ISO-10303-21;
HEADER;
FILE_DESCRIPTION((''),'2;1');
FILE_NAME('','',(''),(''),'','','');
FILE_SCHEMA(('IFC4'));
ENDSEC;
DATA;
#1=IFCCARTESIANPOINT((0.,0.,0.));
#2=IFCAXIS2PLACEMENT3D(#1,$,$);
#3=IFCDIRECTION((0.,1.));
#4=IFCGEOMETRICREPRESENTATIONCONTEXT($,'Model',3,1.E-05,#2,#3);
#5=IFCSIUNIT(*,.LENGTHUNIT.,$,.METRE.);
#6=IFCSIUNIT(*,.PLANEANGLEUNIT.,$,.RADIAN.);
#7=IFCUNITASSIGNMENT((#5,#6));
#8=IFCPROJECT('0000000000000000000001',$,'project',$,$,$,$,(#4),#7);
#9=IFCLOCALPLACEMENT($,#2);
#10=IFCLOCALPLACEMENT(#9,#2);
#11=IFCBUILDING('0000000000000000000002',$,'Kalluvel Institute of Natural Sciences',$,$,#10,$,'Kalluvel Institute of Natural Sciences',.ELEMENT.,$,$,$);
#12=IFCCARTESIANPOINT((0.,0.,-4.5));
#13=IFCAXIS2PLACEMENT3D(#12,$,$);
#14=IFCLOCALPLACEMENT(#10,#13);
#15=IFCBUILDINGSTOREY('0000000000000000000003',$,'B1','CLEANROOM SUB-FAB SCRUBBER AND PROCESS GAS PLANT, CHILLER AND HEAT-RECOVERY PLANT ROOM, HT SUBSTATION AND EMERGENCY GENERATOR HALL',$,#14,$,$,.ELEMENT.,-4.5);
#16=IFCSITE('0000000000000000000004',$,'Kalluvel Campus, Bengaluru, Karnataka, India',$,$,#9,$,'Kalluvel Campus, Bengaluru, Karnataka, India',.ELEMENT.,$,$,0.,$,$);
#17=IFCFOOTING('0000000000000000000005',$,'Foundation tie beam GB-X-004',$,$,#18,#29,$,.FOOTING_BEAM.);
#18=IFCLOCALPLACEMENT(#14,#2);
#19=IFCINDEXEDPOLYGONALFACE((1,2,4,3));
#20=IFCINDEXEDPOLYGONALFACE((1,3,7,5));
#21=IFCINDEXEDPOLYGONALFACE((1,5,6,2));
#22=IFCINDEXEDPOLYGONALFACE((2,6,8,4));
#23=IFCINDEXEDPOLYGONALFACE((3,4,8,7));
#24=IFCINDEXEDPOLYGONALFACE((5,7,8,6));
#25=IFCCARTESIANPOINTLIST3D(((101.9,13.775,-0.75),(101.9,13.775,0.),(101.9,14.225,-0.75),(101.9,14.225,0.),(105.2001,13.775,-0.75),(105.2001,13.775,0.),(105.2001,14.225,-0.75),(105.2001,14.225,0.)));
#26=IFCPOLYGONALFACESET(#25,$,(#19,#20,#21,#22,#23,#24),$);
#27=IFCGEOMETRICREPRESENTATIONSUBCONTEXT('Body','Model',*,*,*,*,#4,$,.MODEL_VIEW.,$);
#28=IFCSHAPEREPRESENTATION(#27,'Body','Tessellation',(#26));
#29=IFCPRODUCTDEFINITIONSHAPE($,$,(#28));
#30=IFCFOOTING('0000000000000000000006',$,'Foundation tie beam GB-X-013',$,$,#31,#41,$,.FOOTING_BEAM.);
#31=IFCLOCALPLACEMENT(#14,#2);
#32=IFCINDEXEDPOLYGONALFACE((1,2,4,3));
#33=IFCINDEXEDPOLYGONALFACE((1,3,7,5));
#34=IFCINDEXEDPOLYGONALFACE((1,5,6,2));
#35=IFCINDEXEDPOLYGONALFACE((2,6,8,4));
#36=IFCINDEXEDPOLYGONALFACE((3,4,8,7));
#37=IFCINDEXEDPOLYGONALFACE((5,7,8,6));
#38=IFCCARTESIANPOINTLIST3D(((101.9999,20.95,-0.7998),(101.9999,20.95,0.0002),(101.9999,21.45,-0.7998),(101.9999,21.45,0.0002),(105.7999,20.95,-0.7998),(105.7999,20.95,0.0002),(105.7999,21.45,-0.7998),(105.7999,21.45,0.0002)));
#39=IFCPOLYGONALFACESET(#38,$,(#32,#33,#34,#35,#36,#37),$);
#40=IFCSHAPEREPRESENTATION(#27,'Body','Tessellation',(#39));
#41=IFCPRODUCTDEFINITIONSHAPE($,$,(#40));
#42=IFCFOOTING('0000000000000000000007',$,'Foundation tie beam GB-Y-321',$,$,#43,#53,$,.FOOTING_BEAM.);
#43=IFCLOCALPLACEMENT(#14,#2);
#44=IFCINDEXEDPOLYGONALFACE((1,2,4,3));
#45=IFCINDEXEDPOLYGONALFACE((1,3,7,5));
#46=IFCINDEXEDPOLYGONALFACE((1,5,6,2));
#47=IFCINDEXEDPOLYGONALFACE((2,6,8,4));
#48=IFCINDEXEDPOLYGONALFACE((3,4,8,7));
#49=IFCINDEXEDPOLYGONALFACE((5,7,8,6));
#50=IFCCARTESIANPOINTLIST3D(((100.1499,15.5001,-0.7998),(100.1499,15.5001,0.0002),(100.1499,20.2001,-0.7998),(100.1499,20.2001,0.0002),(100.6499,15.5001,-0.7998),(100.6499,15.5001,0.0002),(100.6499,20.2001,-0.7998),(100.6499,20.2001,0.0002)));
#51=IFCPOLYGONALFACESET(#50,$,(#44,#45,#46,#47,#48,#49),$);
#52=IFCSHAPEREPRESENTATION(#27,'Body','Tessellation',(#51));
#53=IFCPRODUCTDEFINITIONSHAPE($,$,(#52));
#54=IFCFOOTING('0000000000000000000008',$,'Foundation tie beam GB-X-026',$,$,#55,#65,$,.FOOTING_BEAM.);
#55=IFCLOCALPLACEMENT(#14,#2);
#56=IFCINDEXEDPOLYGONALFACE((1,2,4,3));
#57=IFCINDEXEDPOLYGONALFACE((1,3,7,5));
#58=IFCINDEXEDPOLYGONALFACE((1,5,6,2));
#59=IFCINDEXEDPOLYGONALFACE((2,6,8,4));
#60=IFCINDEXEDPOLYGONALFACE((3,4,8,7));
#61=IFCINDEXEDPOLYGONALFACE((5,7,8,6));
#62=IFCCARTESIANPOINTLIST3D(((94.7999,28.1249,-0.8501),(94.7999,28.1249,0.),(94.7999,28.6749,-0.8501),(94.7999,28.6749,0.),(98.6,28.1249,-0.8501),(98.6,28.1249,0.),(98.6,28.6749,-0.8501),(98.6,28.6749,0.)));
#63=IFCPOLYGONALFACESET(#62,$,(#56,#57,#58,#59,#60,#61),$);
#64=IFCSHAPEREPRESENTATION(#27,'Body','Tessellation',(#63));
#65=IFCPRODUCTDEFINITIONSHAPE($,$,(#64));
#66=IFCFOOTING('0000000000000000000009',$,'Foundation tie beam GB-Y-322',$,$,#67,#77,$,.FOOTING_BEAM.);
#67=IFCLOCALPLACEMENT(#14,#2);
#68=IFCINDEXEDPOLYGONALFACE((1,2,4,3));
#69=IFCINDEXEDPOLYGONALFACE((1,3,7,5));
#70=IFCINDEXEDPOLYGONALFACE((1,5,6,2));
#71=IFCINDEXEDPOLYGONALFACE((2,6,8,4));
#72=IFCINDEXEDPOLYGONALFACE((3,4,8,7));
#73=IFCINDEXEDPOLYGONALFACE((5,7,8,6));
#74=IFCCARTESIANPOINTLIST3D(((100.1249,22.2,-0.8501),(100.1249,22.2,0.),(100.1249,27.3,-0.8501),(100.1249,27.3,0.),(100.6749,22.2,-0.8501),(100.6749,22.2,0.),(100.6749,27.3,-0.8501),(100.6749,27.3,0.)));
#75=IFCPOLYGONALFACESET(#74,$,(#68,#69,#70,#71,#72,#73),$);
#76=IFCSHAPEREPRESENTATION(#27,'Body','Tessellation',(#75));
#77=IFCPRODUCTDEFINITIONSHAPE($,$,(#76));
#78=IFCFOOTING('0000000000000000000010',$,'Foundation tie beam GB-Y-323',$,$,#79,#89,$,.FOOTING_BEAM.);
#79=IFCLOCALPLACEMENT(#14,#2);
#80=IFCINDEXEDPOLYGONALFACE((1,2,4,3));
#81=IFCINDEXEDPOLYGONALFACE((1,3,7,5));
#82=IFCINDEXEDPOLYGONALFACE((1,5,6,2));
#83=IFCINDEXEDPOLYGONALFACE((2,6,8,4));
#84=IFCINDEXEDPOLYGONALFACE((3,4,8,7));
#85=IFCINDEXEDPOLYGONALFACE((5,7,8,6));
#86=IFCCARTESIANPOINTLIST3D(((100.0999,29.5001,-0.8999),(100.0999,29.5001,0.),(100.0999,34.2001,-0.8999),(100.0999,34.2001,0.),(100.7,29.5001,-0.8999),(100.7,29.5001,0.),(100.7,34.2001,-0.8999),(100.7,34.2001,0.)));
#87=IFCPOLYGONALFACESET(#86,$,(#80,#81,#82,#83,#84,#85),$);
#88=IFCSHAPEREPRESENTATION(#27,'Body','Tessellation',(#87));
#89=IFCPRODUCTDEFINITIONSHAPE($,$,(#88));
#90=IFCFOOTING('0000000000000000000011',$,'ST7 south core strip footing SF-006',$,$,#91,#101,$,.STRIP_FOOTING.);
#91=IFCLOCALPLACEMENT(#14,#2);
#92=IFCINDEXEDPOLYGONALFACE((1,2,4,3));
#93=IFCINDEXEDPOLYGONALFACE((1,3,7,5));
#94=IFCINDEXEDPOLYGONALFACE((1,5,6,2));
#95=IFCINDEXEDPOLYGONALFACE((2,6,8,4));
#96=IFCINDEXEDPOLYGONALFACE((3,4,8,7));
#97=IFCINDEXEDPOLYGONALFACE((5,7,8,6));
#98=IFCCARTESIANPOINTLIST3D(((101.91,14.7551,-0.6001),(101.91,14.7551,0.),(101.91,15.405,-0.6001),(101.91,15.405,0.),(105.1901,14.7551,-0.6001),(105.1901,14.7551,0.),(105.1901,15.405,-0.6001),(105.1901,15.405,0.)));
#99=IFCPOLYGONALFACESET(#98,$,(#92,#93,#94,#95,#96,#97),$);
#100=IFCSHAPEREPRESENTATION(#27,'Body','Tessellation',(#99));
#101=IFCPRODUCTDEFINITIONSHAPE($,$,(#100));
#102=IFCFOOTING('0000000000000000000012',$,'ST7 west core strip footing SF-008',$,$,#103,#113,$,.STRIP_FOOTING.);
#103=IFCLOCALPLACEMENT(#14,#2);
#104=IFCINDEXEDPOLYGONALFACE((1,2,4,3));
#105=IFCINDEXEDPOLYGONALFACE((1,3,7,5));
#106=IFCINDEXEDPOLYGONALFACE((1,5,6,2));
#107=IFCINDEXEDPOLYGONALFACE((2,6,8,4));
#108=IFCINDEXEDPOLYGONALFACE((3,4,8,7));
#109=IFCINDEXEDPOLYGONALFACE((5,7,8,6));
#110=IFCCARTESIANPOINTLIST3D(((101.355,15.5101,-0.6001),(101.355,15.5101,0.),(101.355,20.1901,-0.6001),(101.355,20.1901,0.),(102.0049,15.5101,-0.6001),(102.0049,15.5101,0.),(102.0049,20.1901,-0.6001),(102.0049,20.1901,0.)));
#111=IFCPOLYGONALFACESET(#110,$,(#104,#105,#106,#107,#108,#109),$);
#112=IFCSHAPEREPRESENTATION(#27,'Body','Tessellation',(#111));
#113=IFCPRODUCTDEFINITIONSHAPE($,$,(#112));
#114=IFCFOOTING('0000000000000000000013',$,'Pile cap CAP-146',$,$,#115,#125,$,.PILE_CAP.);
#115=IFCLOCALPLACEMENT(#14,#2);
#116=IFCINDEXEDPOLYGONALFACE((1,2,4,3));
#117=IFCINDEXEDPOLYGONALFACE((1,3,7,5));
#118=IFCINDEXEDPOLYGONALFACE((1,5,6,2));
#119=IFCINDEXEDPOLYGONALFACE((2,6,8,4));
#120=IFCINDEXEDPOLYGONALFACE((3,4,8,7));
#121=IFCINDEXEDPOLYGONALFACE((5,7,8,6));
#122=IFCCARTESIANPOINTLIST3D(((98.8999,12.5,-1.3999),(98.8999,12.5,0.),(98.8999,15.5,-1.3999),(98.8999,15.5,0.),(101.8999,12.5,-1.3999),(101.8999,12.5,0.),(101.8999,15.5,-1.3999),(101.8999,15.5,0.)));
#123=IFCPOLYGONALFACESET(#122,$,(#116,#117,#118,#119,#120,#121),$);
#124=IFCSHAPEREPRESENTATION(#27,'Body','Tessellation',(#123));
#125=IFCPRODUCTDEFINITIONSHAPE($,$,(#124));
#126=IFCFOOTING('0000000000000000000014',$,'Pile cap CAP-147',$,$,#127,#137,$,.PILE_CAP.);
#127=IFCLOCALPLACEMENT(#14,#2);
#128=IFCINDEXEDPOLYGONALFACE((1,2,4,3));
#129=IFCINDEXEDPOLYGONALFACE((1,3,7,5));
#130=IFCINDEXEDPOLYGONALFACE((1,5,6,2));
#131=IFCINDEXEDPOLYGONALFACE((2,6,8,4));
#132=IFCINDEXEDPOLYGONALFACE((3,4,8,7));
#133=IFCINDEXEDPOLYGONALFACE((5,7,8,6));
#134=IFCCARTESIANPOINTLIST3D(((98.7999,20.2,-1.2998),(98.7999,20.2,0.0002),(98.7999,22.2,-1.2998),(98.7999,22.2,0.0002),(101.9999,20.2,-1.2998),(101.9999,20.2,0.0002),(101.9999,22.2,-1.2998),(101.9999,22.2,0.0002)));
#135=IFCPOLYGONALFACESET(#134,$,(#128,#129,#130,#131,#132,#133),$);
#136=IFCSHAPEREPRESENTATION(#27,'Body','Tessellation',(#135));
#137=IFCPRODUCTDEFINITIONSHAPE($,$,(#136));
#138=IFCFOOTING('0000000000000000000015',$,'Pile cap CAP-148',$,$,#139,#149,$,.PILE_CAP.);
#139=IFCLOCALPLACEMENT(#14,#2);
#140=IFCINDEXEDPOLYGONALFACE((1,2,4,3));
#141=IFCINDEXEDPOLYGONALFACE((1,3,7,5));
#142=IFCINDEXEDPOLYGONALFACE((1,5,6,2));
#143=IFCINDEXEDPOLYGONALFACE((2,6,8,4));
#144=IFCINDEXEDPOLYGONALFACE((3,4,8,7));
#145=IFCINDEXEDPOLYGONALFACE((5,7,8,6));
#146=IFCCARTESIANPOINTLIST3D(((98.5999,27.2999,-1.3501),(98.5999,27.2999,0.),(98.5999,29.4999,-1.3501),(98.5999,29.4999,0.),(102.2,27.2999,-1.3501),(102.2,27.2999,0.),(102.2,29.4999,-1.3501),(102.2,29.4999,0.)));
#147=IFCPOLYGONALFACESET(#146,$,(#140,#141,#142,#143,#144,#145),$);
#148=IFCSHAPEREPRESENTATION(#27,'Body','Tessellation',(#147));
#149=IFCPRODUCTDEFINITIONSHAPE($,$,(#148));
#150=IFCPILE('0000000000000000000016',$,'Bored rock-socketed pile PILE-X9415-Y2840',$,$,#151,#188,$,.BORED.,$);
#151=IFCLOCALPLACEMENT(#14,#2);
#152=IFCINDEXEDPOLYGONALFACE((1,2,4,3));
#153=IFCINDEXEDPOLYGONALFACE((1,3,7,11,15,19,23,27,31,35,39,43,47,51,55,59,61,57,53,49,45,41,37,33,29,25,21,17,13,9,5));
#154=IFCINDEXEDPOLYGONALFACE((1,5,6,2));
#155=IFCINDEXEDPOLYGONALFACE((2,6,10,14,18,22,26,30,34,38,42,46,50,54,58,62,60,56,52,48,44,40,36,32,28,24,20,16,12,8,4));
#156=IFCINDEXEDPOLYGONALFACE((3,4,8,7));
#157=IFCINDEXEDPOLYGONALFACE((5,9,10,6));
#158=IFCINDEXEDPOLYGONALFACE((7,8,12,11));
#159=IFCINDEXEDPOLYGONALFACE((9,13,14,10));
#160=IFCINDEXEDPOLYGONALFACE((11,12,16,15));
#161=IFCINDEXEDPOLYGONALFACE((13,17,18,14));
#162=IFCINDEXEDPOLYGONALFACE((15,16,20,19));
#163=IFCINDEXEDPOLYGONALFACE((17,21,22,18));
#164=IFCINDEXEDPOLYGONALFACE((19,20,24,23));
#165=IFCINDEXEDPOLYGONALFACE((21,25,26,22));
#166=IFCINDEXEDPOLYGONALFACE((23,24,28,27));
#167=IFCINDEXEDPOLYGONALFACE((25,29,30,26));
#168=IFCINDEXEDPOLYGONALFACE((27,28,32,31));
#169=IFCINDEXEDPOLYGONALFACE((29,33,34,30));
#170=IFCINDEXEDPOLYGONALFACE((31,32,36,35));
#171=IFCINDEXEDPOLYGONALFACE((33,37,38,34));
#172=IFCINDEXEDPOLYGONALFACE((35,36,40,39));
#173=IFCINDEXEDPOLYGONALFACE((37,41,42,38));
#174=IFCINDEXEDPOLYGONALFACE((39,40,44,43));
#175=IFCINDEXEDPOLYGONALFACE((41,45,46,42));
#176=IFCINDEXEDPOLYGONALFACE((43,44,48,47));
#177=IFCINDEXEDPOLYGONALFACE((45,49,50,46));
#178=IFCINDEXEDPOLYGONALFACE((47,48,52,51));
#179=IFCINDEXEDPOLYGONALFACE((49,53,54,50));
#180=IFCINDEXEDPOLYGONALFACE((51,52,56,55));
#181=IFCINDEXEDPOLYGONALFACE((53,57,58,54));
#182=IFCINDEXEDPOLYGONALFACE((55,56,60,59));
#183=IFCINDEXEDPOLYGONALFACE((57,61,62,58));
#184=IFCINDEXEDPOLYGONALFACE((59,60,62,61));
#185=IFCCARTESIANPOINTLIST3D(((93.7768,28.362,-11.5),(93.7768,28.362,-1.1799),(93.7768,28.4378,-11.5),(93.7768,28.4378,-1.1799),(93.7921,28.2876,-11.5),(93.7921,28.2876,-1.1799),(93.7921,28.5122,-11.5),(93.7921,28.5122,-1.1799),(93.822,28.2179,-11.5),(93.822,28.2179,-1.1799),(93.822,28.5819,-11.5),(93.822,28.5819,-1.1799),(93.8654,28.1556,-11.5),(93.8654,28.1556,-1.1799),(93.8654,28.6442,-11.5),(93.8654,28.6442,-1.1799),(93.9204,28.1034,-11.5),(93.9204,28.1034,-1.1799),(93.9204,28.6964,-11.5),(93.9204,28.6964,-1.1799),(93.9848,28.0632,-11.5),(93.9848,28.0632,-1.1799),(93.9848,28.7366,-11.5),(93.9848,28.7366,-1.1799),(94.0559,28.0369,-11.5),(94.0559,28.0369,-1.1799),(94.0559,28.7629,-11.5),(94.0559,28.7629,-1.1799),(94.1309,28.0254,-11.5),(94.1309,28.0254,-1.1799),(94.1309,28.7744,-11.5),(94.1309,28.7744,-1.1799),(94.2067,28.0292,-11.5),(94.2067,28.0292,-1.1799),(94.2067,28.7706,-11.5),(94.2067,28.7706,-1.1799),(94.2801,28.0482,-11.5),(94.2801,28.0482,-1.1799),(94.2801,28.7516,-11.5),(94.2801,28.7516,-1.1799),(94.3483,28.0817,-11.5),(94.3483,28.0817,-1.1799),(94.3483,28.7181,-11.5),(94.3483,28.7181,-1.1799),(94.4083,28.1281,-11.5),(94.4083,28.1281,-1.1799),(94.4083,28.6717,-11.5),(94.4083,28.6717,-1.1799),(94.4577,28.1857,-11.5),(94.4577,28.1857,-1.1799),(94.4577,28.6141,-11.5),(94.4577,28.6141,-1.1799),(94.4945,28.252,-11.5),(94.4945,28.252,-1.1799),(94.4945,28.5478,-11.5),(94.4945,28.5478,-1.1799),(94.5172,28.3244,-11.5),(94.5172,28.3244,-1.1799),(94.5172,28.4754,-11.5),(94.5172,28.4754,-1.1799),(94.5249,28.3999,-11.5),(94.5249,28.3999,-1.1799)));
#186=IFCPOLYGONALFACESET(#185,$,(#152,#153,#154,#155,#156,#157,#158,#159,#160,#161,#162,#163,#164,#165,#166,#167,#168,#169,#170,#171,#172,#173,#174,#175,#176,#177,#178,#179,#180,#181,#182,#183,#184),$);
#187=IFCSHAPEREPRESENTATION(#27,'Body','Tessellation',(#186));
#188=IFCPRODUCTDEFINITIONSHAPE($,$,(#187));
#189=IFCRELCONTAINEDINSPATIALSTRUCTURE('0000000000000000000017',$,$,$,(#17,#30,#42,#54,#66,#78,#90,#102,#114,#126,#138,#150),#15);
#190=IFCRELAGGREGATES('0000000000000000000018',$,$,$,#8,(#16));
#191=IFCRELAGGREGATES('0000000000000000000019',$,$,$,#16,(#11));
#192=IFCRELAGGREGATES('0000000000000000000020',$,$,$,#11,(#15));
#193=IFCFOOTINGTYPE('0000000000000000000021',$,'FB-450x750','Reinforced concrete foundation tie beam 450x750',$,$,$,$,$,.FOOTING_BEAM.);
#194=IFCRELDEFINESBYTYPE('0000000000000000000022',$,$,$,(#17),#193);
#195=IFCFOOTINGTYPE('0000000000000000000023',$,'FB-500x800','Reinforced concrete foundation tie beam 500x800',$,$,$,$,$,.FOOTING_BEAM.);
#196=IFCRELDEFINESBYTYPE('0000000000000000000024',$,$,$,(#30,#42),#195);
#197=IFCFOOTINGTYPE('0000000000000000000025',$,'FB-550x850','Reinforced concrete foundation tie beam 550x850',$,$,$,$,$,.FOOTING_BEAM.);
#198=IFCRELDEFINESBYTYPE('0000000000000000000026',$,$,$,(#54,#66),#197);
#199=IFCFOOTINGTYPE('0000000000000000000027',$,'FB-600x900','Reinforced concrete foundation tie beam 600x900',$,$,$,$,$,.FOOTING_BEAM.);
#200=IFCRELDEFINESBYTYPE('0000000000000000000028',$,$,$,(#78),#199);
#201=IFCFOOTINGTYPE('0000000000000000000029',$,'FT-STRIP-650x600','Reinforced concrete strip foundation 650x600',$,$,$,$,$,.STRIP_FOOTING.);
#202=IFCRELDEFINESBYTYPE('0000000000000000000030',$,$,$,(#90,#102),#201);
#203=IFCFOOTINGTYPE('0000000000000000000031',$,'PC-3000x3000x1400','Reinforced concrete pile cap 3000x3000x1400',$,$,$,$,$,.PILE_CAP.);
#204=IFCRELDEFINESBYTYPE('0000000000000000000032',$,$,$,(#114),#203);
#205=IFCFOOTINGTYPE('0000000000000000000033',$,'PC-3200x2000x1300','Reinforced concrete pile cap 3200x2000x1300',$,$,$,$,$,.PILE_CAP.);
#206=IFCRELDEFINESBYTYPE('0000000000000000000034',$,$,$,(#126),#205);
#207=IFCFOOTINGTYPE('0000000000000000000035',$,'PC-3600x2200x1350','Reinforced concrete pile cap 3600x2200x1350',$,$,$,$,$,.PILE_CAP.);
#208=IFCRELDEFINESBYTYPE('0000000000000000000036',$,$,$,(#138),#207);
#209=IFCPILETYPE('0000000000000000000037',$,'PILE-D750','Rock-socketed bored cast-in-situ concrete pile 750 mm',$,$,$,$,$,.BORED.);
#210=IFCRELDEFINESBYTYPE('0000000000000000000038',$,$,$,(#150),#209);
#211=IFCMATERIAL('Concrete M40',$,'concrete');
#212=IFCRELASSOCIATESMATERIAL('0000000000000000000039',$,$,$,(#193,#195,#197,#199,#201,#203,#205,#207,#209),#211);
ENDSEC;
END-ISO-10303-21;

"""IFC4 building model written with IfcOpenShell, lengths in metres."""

from ifc_helpers import new_model, si_unit, direction, frame, origin, origin_2d, place, context, subcontext, project, spatial, rectangle, circle, extrude, material, material_profile, profile_set, type_object, element, save


model = new_model("IFC4")

# Units and contexts
model_context = context("Model", 3, precision=1e-05, world=origin(), true_north=direction((0.0, 1.0)))
body_context = subcontext(model_context, "Body", "Model", "MODEL_VIEW")
ifc_project = project(units=[si_unit("LENGTHUNIT", "METRE"), si_unit("PLANEANGLEUNIT", "RADIAN")], contexts=[model_context])

# Site, building, storey
site_placement = place(None, origin())
site = spatial("IfcSite", under=ifc_project, at=site_placement, Name="Kalluvel Campus, Bengaluru, Karnataka, India", LongName="Kalluvel Campus, Bengaluru, Karnataka, India", CompositionType="ELEMENT", RefElevation=0.0)
building_placement = place(site_placement, origin())
building = spatial("IfcBuilding", under=site, at=building_placement, Name="Kalluvel Institute of Natural Sciences", LongName="Kalluvel Institute of Natural Sciences", CompositionType="ELEMENT")
storey_placement = place(building_placement, frame((0.0, 0.0, -4.5)))
storey = spatial("IfcBuildingStorey", under=building, at=storey_placement, Name="B1", Description="CLEANROOM SUB-FAB SCRUBBER AND PROCESS GAS PLANT, CHILLER AND HEAT-RECOVERY PLANT ROOM, HT SUBSTATION AND EMERGENCY GENERATOR HALL", CompositionType="ELEMENT", Elevation=-4.5)

# Footings
ifc_material_1 = material(Name="Concrete M40", Category="concrete")
footing_type_1 = type_object("IfcFootingType", Name="FB-450x750", Description="Reinforced concrete foundation tie beam 450x750", PredefinedType="FOOTING_BEAM", material=ifc_material_1)
footing_1_placement = place(storey_placement, frame((103.55, 14.0, -0.75), z_axis=(0.0, 0.0, 1.0), x_axis=(1.0, 0.0, 0.0)))
element("IfcFooting", 1, at=footing_1_placement, inside=storey, type_object=footing_type_1, Name="Foundation tie beam GB-X-004", PredefinedType="FOOTING_BEAM", context=body_context, shape_type="SweptSolid", body=[
    extrude(rectangle(XDim=3.3, YDim=0.45, at=origin_2d()), origin(), (0.0, 0.0, 1.0), 0.75),
])
footing_type_2 = type_object("IfcFootingType", Name="FB-500x800", Description="Reinforced concrete foundation tie beam 500x800", PredefinedType="FOOTING_BEAM", material=ifc_material_1)
footing_2_placement = place(storey_placement, frame((103.8999, 21.2, -0.7998), z_axis=(0.0, 0.0, 1.0), x_axis=(1.0, 0.0, 0.0)))
element("IfcFooting", 2, at=footing_2_placement, inside=storey, type_object=footing_type_2, Name="Foundation tie beam GB-X-013", PredefinedType="FOOTING_BEAM", context=body_context, shape_type="SweptSolid", body=[
    extrude(rectangle(XDim=3.8, YDim=0.5, at=origin_2d()), origin(), (0.0, 0.0, 1.0), 0.8),
])
footing_3_placement = place(storey_placement, frame((100.3999, 17.8501, -0.7998), z_axis=(0.0, 0.0, 1.0), x_axis=(1.0, 0.0, 0.0)))
element("IfcFooting", 3, at=footing_3_placement, inside=storey, type_object=footing_type_2, Name="Foundation tie beam GB-Y-321", PredefinedType="FOOTING_BEAM", context=body_context, shape_type="SweptSolid", body=[
    extrude(rectangle(XDim=0.5, YDim=4.7, at=origin_2d()), origin(), (0.0, 0.0, 1.0), 0.8),
])
footing_type_3 = type_object("IfcFootingType", Name="FB-550x850", Description="Reinforced concrete foundation tie beam 550x850", PredefinedType="FOOTING_BEAM", material=ifc_material_1)
footing_4_placement = place(storey_placement, frame((96.7, 28.3999, -0.8501), z_axis=(0.0, 0.0, 1.0), x_axis=(1.0, 0.0, 0.0)))
element("IfcFooting", 4, at=footing_4_placement, inside=storey, type_object=footing_type_3, Name="Foundation tie beam GB-X-026", PredefinedType="FOOTING_BEAM", context=body_context, shape_type="SweptSolid", body=[
    extrude(rectangle(XDim=3.8, YDim=0.55, at=origin_2d()), origin(), (0.0, 0.0, 1.0), 0.8501),
])
footing_5_placement = place(storey_placement, frame((100.3999, 24.75, -0.8501), z_axis=(0.0, 0.0, 1.0), x_axis=(1.0, 0.0, 0.0)))
element("IfcFooting", 5, at=footing_5_placement, inside=storey, type_object=footing_type_3, Name="Foundation tie beam GB-Y-322", PredefinedType="FOOTING_BEAM", context=body_context, shape_type="SweptSolid", body=[
    extrude(rectangle(XDim=0.55, YDim=5.1001, at=origin_2d()), origin(), (0.0, 0.0, 1.0), 0.8501),
])
footing_type_4 = type_object("IfcFootingType", Name="FB-600x900", Description="Reinforced concrete foundation tie beam 600x900", PredefinedType="FOOTING_BEAM", material=ifc_material_1)
footing_6_placement = place(storey_placement, frame((100.3999, 31.8501, -0.8999), z_axis=(0.0, 0.0, 1.0), x_axis=(1.0, 0.0, 0.0)))
element("IfcFooting", 6, at=footing_6_placement, inside=storey, type_object=footing_type_4, Name="Foundation tie beam GB-Y-323", PredefinedType="FOOTING_BEAM", context=body_context, shape_type="SweptSolid", body=[
    extrude(rectangle(XDim=0.6001, YDim=4.7, at=origin_2d()), origin(), (0.0, 0.0, 1.0), 0.8999),
])
footing_type_5 = type_object("IfcFootingType", Name="FT-STRIP-650x600", Description="Reinforced concrete strip foundation 650x600", PredefinedType="STRIP_FOOTING", material=ifc_material_1)
footing_7_placement = place(storey_placement, frame((103.55, 15.0801, -0.6001), z_axis=(0.0, 0.0, 1.0), x_axis=(1.0, 0.0, 0.0)))
element("IfcFooting", 7, at=footing_7_placement, inside=storey, type_object=footing_type_5, Name="ST7 south core strip footing SF-006", PredefinedType="STRIP_FOOTING", context=body_context, shape_type="SweptSolid", body=[
    extrude(rectangle(XDim=3.28, YDim=0.6499, at=origin_2d()), origin(), (0.0, 0.0, 1.0), 0.6001),
])
footing_8_placement = place(storey_placement, frame((101.6799, 17.8501, -0.6001), z_axis=(0.0, 0.0, 1.0), x_axis=(1.0, 0.0, 0.0)))
element("IfcFooting", 8, at=footing_8_placement, inside=storey, type_object=footing_type_5, Name="ST7 west core strip footing SF-008", PredefinedType="STRIP_FOOTING", context=body_context, shape_type="SweptSolid", body=[
    extrude(rectangle(XDim=0.6499, YDim=4.6799, at=origin_2d()), origin(), (0.0, 0.0, 1.0), 0.6001),
])
footing_type_6 = type_object("IfcFootingType", Name="PC-3000x3000x1400", Description="Reinforced concrete pile cap 3000x3000x1400", PredefinedType="PILE_CAP", material=ifc_material_1)
footing_9_placement = place(storey_placement, frame((100.3999, 14.0, -1.3999), z_axis=(0.0, 0.0, 1.0), x_axis=(1.0, 0.0, 0.0)))
element("IfcFooting", 9, at=footing_9_placement, inside=storey, type_object=footing_type_6, Name="Pile cap CAP-146", PredefinedType="PILE_CAP", context=body_context, shape_type="SweptSolid", body=[
    extrude(rectangle(XDim=3.0, YDim=3.0, at=origin_2d()), origin(), (0.0, 0.0, 1.0), 1.3999),
])
footing_type_7 = type_object("IfcFootingType", Name="PC-3200x2000x1300", Description="Reinforced concrete pile cap 3200x2000x1300", PredefinedType="PILE_CAP", material=ifc_material_1)
footing_10_placement = place(storey_placement, frame((100.3999, 21.2, -1.2998), z_axis=(0.0, 0.0, 1.0), x_axis=(1.0, 0.0, 0.0)))
element("IfcFooting", 10, at=footing_10_placement, inside=storey, type_object=footing_type_7, Name="Pile cap CAP-147", PredefinedType="PILE_CAP", context=body_context, shape_type="SweptSolid", body=[
    extrude(rectangle(XDim=3.2, YDim=2.0, at=origin_2d()), origin(), (0.0, 0.0, 1.0), 1.3),
])
footing_type_8 = type_object("IfcFootingType", Name="PC-3600x2200x1350", Description="Reinforced concrete pile cap 3600x2200x1350", PredefinedType="PILE_CAP", material=ifc_material_1)
footing_11_placement = place(storey_placement, frame((100.3999, 28.3999, -1.3501), z_axis=(0.0, 0.0, 1.0), x_axis=(1.0, 0.0, 0.0)))
element("IfcFooting", 11, at=footing_11_placement, inside=storey, type_object=footing_type_8, Name="Pile cap CAP-148", PredefinedType="PILE_CAP", context=body_context, shape_type="SweptSolid", body=[
    extrude(rectangle(XDim=3.6001, YDim=2.2, at=origin_2d()), origin(), (0.0, 0.0, 1.0), 1.3501),
])

# Pile
ifc_material_profile_1 = material_profile(ifc_material_1, circle(Radius=0.375, at=origin_2d()), Name="PILE D750")
ifc_profile_set_1 = profile_set([ifc_material_profile_1], Name="Concrete M40")
pile_type_1 = type_object("IfcPileType", Name="PILE-D750", Description="Rock-socketed bored cast-in-situ concrete pile 750 mm", PredefinedType="BORED", material=ifc_profile_set_1)
pile_placement = place(storey_placement, frame((94.1499, 28.3999, -1.1799), z_axis=(0.0, 0.0, -1.0), x_axis=(1.0, 0.0, 0.0)))
element("IfcPile", 12, at=pile_placement, inside=storey, type_object=pile_type_1, Name="Bored rock-socketed pile PILE-X9415-Y2840", PredefinedType="BORED", context=body_context, shape_type="SweptSolid", body=[
    extrude(circle(Radius=0.375, at=origin_2d()), origin(), (0.0, 0.0, 1.0), 10.3201),
])

save(model, "model.ifc")
